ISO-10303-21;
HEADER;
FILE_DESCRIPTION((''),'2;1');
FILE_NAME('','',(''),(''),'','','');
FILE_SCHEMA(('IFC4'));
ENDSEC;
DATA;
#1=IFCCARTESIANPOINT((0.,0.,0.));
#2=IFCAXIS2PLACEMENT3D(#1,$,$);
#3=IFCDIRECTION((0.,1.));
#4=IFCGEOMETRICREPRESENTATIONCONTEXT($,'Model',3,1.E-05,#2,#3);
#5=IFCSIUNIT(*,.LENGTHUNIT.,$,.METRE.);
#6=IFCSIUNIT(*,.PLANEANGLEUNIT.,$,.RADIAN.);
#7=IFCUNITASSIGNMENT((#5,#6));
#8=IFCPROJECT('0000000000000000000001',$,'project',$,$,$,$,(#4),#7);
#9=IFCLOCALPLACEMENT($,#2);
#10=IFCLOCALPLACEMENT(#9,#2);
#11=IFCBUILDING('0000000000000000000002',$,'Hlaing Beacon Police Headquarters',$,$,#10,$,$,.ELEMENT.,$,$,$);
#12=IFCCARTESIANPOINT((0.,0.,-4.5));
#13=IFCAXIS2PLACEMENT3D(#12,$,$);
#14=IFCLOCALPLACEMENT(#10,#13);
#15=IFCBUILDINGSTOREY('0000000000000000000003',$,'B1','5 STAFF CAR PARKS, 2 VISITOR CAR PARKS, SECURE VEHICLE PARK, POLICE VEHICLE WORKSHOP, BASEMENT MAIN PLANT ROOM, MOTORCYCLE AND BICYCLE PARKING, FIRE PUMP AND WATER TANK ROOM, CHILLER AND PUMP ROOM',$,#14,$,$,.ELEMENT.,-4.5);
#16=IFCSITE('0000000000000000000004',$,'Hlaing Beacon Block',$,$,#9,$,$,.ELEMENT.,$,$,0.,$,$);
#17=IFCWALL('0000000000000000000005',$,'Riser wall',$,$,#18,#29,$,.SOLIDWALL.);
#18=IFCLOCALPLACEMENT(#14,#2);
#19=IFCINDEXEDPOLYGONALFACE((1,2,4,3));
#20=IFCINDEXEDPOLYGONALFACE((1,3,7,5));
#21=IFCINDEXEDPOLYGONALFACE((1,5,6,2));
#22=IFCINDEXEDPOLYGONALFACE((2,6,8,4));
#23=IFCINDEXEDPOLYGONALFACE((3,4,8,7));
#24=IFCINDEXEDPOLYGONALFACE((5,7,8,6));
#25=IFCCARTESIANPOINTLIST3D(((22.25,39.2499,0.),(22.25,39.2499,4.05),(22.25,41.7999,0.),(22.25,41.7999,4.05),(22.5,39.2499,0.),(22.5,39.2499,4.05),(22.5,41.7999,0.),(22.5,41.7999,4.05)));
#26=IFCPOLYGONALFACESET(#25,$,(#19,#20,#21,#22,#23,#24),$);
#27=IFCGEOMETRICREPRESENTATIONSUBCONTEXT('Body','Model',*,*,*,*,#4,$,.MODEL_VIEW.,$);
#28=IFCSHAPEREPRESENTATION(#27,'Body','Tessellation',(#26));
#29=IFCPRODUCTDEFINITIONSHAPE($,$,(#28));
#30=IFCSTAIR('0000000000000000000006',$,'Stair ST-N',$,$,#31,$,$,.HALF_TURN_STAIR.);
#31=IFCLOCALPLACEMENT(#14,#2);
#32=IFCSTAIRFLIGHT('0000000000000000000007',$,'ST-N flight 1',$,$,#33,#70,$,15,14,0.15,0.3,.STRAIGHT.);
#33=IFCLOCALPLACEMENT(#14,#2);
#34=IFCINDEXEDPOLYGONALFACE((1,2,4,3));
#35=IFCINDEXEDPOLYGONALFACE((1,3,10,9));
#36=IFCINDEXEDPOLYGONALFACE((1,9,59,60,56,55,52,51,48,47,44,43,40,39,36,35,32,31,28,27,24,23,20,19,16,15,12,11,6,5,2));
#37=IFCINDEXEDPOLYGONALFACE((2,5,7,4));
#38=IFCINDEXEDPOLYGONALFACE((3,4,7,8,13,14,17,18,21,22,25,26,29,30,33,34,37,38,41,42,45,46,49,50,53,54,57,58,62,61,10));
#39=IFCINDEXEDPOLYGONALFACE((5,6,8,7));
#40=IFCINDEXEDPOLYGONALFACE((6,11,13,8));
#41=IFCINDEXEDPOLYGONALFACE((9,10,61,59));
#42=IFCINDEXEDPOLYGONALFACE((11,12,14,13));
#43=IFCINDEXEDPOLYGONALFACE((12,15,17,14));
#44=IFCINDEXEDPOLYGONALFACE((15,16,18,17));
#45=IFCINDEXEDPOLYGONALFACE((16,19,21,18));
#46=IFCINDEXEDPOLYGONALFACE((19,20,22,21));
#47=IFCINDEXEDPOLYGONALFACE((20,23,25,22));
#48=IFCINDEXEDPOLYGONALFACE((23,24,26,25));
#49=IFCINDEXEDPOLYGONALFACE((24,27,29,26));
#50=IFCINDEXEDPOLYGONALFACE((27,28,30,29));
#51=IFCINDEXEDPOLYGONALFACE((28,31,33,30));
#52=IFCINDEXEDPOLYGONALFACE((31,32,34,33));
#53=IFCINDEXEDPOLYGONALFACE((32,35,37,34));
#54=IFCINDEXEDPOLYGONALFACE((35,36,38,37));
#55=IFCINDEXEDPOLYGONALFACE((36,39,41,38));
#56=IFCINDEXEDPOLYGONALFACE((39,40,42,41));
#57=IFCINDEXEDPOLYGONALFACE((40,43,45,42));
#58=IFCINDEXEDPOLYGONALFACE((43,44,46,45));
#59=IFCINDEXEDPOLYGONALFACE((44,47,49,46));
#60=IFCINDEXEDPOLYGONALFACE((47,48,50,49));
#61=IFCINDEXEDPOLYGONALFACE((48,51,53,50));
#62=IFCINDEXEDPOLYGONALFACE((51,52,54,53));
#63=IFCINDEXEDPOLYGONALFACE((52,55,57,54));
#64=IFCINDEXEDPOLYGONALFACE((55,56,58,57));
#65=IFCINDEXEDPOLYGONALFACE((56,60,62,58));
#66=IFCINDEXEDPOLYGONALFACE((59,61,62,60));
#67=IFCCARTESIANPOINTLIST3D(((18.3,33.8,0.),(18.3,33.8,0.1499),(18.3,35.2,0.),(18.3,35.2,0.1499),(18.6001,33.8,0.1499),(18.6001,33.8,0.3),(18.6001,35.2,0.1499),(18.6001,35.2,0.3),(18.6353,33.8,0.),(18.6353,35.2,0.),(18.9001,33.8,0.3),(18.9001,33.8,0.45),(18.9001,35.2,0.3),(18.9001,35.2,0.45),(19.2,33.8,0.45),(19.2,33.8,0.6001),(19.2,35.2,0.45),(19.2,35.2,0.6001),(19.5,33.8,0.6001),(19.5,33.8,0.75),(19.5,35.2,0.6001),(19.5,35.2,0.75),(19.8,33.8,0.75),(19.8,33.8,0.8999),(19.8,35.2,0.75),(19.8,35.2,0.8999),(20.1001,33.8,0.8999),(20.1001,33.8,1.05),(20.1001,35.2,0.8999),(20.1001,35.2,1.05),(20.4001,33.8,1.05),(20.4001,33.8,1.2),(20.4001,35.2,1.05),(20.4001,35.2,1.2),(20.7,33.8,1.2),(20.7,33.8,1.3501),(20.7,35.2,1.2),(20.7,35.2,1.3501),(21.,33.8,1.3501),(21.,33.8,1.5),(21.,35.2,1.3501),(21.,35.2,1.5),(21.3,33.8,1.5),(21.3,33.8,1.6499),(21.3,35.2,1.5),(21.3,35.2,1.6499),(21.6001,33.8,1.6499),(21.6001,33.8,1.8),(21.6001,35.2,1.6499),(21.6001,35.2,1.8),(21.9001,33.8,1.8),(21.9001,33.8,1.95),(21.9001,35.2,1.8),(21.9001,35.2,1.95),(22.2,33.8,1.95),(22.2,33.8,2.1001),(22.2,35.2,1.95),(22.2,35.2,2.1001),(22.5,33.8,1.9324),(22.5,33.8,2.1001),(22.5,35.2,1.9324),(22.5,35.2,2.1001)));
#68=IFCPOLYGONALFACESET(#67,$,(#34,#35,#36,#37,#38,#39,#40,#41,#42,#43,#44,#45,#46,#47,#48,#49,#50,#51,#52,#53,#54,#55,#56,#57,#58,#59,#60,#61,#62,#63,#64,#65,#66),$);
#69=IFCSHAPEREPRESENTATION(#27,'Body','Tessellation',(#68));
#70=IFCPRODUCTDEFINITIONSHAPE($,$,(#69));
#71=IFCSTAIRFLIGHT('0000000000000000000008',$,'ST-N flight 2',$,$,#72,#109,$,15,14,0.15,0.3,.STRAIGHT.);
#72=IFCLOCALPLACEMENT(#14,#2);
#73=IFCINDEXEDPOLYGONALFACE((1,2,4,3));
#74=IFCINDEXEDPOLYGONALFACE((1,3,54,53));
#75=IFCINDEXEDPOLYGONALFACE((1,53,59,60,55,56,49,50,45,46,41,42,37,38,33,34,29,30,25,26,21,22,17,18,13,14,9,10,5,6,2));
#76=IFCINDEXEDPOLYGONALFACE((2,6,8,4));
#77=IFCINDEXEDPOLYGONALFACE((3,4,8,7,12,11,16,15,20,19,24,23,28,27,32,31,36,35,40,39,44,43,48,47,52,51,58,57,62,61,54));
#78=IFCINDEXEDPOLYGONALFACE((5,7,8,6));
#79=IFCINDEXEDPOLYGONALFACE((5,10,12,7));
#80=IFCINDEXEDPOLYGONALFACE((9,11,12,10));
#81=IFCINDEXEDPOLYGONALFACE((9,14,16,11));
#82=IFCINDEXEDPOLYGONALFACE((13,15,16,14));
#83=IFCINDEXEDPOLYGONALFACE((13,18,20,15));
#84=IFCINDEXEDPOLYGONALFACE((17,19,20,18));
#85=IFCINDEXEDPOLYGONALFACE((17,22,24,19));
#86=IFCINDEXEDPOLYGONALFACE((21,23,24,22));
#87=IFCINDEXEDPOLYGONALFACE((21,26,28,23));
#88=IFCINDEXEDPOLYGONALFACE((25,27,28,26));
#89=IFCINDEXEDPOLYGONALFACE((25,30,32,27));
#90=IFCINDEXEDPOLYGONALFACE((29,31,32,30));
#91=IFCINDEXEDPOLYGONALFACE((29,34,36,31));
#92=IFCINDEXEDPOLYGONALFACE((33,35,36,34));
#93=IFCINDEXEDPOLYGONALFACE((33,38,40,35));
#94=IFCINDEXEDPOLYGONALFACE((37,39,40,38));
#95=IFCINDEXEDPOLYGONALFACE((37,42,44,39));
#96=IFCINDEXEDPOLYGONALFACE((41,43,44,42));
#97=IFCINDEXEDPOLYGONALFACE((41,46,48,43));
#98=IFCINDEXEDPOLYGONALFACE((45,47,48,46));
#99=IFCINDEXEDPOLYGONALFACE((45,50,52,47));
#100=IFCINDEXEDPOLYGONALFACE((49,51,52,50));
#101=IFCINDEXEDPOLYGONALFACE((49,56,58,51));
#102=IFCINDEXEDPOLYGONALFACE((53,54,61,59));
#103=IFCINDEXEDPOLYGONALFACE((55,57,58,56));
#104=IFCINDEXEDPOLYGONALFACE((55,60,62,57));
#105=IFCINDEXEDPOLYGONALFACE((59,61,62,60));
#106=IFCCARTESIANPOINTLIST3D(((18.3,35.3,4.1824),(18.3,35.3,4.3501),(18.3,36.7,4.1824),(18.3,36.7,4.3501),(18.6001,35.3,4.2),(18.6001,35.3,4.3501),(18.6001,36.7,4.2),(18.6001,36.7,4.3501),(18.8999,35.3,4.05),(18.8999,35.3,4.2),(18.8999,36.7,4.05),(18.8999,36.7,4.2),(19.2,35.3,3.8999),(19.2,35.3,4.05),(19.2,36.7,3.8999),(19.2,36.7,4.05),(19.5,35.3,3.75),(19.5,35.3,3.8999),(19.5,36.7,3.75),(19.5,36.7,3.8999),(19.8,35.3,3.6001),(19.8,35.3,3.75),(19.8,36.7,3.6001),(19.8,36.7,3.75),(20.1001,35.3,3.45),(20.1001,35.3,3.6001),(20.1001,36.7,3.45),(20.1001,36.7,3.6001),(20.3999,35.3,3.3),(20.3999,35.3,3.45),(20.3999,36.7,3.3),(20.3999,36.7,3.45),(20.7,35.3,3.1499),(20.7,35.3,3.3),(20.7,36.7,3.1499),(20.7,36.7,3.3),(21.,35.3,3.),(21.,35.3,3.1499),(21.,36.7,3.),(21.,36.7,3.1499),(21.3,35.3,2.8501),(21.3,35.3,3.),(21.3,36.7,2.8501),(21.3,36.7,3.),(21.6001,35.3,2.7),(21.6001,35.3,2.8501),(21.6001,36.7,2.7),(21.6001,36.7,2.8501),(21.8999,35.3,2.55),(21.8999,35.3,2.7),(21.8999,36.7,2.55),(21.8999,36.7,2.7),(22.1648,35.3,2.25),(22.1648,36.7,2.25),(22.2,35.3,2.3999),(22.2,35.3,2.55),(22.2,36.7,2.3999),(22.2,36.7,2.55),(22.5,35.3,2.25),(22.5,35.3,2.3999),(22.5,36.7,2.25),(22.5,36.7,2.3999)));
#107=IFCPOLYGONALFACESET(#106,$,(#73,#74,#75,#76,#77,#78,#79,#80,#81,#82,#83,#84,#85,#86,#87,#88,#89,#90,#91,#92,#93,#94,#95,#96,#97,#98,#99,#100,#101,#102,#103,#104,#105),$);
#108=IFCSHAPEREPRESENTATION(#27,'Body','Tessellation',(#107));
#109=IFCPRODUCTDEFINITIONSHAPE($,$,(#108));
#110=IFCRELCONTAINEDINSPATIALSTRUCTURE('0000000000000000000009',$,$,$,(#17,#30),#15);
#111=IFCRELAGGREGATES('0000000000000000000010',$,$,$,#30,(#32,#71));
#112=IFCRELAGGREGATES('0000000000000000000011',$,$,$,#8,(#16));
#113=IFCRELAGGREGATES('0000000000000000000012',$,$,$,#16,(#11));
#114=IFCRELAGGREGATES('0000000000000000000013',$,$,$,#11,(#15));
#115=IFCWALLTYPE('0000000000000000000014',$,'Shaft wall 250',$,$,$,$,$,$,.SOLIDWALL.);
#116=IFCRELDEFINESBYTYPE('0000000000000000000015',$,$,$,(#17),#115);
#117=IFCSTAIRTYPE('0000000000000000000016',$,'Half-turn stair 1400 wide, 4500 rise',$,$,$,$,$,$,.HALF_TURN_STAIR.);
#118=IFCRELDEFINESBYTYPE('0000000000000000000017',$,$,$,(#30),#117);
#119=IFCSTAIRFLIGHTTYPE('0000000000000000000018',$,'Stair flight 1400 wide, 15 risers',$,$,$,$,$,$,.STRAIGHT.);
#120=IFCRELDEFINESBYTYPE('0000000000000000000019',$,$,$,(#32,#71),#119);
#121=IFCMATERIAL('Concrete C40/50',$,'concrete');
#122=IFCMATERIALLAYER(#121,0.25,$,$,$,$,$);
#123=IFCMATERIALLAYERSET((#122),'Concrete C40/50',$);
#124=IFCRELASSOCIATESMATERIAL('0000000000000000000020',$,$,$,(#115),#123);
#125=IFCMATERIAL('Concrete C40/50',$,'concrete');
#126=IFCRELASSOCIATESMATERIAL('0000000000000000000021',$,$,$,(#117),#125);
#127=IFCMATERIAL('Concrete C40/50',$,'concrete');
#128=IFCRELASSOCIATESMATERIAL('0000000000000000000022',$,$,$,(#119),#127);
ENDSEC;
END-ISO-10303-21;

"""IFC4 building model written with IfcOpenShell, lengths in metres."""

from ifc_helpers import new_model, si_unit, direction, frame, frame_2d, origin, place, context, subcontext, project, spatial, polyline, rectangle, outline, extrude, material, layer, layer_set, type_object, element, aggregate, save


model = new_model("IFC4")

# Units and contexts
model_context = context("Model", 3, precision=1e-05, world=origin(), true_north=direction((0.0, 1.0)))
body_context = subcontext(model_context, "Body", "Model", "MODEL_VIEW")
ifc_project = project(units=[si_unit("LENGTHUNIT", "METRE"), si_unit("PLANEANGLEUNIT", "RADIAN")], contexts=[model_context])

# Site, building, storey
site_placement = place(None, origin())
site = spatial("IfcSite", under=ifc_project, at=site_placement, Name="Hlaing Beacon Block", CompositionType="ELEMENT", RefElevation=0.0)
building_placement = place(site_placement, origin())
building = spatial("IfcBuilding", under=site, at=building_placement, Name="Hlaing Beacon Police Headquarters", CompositionType="ELEMENT")
storey_placement = place(building_placement, frame((0.0, 0.0, -4.5)))
storey = spatial("IfcBuildingStorey", under=building, at=storey_placement, Name="B1", Description="5 STAFF CAR PARKS, 2 VISITOR CAR PARKS, SECURE VEHICLE PARK, POLICE VEHICLE WORKSHOP, BASEMENT MAIN PLANT ROOM, MOTORCYCLE AND BICYCLE PARKING, FIRE PUMP AND WATER TANK ROOM, CHILLER AND PUMP ROOM", CompositionType="ELEMENT", Elevation=-4.5)

# Shared definitions
ifc_material_1 = material(Name="Concrete C40/50", Category="concrete")
ifc_layer_1 = layer(ifc_material_1, 0.25)
ifc_layer_set_1 = layer_set([ifc_layer_1], Name="Concrete C40/50")
wall_type_1 = type_object("IfcWallType", Name="Shaft wall 250", PredefinedType="SOLIDWALL", material=ifc_layer_set_1)

# Wall
wall_1_placement = place(storey_placement, frame((22.375, 39.25, 0.0), z_axis=(0.0, 0.0, 1.0), x_axis=(0.0, 1.0, 0.0)))
element("IfcWall", 1, at=wall_1_placement, inside=storey, type_object=wall_type_1, Name="Riser wall", PredefinedType="SOLIDWALL", context=body_context, shape_type="SweptSolid", body=[
    extrude(rectangle(XDim=2.55, YDim=0.25, at=frame_2d((1.2749, 0.0))), origin(), (0.0, 0.0, 1.0), 4.05),
])

# Stair, stair flights
ifc_material_2 = material(Name="Concrete C40/50", Category="concrete")
stair_type = type_object("IfcStairType", Name="Half-turn stair 1400 wide, 4500 rise", PredefinedType="HALF_TURN_STAIR", material=ifc_material_2)
stair_placement = place(storey_placement, origin())
stair = element("IfcStair", 2, at=stair_placement, inside=storey, type_object=stair_type, Name="Stair ST-N", PredefinedType="HALF_TURN_STAIR")
ifc_material_3 = material(Name="Concrete C40/50", Category="concrete")
stair_flight_type = type_object("IfcStairFlightType", Name="Stair flight 1400 wide, 15 risers", PredefinedType="STRAIGHT", material=ifc_material_3)
stair_flight_1_placement = place(storey_placement, frame((18.3, 34.5, 0.0), z_axis=(0.0, 0.0, 1.0), x_axis=(1.0, 0.0, 0.0)))
stair_flight_1 = element("IfcStairFlight", 3, at=stair_flight_1_placement, type_object=stair_flight_type, Name="ST-N flight 1", NumberOfRisers=15, NumberOfTreads=14, PredefinedType="STRAIGHT", RiserHeight=0.15, TreadLength=0.3, context=body_context, shape_type="SweptSolid", body=[
    extrude(outline(polyline([(0.0, 0.0), (0.0, 0.1499), (0.3, 0.1499), (0.3, 0.3), (0.6001, 0.3), (0.6001, 0.45), (0.8999, 0.45), (0.8999, 0.6001), (1.2, 0.6001), (1.2, 0.75), (1.5, 0.75), (1.5, 0.8999), (1.8, 0.8999), (1.8, 1.05), (2.1001, 1.05), (2.1001, 1.2), (2.3999, 1.2), (2.3999, 1.3501), (2.7, 1.3501), (2.7, 1.5), (3.0, 1.5), (3.0, 1.6499), (3.3, 1.6499), (3.3, 1.8), (3.6001, 1.8), (3.6001, 1.95), (3.8999, 1.95), (3.8999, 2.1001), (4.2, 2.1001), (4.2, 2.25), (4.2, 1.9324), (0.3352, 0.0), (0.0, 0.0)])), frame((0.0, 0.7, 0.0), z_axis=(0.0, -1.0, 0.0), x_axis=(1.0, 0.0, 0.0)), (0.0, 0.0, 1.0), 1.3999),
])
stair_flight_2_placement = place(storey_placement, frame((22.5, 36.0, 2.25), z_axis=(0.0, 0.0, 1.0), x_axis=(-1.0, 0.0, 0.0)))
stair_flight_2 = element("IfcStairFlight", 4, at=stair_flight_2_placement, type_object=stair_flight_type, Name="ST-N flight 2", NumberOfRisers=15, NumberOfTreads=14, PredefinedType="STRAIGHT", RiserHeight=0.15, TreadLength=0.3, context=body_context, shape_type="SweptSolid", body=[
    extrude(outline(polyline([(0.0, 0.0), (0.0, 0.1499), (0.3, 0.1499), (0.3, 0.3), (0.6001, 0.3), (0.6001, 0.45), (0.8999, 0.45), (0.8999, 0.6001), (1.2, 0.6001), (1.2, 0.75), (1.5, 0.75), (1.5, 0.8999), (1.8, 0.8999), (1.8, 1.05), (2.1001, 1.05), (2.1001, 1.2), (2.3999, 1.2), (2.3999, 1.3501), (2.7, 1.3501), (2.7, 1.5), (3.0, 1.5), (3.0, 1.6499), (3.3, 1.6499), (3.3, 1.8), (3.6001, 1.8), (3.6001, 1.95), (3.8999, 1.95), (3.8999, 2.1001), (4.2, 2.1001), (4.2, 2.25), (4.2, 1.9324), (0.3352, 0.0), (0.0, 0.0)])), frame((0.0, 0.7, 0.0), z_axis=(0.0, -1.0, 0.0), x_axis=(1.0, 0.0, 0.0)), (0.0, 0.0, 1.0), 1.3999),
])
aggregate(stair, [stair_flight_1, stair_flight_2])

save(model, "model.ifc")
